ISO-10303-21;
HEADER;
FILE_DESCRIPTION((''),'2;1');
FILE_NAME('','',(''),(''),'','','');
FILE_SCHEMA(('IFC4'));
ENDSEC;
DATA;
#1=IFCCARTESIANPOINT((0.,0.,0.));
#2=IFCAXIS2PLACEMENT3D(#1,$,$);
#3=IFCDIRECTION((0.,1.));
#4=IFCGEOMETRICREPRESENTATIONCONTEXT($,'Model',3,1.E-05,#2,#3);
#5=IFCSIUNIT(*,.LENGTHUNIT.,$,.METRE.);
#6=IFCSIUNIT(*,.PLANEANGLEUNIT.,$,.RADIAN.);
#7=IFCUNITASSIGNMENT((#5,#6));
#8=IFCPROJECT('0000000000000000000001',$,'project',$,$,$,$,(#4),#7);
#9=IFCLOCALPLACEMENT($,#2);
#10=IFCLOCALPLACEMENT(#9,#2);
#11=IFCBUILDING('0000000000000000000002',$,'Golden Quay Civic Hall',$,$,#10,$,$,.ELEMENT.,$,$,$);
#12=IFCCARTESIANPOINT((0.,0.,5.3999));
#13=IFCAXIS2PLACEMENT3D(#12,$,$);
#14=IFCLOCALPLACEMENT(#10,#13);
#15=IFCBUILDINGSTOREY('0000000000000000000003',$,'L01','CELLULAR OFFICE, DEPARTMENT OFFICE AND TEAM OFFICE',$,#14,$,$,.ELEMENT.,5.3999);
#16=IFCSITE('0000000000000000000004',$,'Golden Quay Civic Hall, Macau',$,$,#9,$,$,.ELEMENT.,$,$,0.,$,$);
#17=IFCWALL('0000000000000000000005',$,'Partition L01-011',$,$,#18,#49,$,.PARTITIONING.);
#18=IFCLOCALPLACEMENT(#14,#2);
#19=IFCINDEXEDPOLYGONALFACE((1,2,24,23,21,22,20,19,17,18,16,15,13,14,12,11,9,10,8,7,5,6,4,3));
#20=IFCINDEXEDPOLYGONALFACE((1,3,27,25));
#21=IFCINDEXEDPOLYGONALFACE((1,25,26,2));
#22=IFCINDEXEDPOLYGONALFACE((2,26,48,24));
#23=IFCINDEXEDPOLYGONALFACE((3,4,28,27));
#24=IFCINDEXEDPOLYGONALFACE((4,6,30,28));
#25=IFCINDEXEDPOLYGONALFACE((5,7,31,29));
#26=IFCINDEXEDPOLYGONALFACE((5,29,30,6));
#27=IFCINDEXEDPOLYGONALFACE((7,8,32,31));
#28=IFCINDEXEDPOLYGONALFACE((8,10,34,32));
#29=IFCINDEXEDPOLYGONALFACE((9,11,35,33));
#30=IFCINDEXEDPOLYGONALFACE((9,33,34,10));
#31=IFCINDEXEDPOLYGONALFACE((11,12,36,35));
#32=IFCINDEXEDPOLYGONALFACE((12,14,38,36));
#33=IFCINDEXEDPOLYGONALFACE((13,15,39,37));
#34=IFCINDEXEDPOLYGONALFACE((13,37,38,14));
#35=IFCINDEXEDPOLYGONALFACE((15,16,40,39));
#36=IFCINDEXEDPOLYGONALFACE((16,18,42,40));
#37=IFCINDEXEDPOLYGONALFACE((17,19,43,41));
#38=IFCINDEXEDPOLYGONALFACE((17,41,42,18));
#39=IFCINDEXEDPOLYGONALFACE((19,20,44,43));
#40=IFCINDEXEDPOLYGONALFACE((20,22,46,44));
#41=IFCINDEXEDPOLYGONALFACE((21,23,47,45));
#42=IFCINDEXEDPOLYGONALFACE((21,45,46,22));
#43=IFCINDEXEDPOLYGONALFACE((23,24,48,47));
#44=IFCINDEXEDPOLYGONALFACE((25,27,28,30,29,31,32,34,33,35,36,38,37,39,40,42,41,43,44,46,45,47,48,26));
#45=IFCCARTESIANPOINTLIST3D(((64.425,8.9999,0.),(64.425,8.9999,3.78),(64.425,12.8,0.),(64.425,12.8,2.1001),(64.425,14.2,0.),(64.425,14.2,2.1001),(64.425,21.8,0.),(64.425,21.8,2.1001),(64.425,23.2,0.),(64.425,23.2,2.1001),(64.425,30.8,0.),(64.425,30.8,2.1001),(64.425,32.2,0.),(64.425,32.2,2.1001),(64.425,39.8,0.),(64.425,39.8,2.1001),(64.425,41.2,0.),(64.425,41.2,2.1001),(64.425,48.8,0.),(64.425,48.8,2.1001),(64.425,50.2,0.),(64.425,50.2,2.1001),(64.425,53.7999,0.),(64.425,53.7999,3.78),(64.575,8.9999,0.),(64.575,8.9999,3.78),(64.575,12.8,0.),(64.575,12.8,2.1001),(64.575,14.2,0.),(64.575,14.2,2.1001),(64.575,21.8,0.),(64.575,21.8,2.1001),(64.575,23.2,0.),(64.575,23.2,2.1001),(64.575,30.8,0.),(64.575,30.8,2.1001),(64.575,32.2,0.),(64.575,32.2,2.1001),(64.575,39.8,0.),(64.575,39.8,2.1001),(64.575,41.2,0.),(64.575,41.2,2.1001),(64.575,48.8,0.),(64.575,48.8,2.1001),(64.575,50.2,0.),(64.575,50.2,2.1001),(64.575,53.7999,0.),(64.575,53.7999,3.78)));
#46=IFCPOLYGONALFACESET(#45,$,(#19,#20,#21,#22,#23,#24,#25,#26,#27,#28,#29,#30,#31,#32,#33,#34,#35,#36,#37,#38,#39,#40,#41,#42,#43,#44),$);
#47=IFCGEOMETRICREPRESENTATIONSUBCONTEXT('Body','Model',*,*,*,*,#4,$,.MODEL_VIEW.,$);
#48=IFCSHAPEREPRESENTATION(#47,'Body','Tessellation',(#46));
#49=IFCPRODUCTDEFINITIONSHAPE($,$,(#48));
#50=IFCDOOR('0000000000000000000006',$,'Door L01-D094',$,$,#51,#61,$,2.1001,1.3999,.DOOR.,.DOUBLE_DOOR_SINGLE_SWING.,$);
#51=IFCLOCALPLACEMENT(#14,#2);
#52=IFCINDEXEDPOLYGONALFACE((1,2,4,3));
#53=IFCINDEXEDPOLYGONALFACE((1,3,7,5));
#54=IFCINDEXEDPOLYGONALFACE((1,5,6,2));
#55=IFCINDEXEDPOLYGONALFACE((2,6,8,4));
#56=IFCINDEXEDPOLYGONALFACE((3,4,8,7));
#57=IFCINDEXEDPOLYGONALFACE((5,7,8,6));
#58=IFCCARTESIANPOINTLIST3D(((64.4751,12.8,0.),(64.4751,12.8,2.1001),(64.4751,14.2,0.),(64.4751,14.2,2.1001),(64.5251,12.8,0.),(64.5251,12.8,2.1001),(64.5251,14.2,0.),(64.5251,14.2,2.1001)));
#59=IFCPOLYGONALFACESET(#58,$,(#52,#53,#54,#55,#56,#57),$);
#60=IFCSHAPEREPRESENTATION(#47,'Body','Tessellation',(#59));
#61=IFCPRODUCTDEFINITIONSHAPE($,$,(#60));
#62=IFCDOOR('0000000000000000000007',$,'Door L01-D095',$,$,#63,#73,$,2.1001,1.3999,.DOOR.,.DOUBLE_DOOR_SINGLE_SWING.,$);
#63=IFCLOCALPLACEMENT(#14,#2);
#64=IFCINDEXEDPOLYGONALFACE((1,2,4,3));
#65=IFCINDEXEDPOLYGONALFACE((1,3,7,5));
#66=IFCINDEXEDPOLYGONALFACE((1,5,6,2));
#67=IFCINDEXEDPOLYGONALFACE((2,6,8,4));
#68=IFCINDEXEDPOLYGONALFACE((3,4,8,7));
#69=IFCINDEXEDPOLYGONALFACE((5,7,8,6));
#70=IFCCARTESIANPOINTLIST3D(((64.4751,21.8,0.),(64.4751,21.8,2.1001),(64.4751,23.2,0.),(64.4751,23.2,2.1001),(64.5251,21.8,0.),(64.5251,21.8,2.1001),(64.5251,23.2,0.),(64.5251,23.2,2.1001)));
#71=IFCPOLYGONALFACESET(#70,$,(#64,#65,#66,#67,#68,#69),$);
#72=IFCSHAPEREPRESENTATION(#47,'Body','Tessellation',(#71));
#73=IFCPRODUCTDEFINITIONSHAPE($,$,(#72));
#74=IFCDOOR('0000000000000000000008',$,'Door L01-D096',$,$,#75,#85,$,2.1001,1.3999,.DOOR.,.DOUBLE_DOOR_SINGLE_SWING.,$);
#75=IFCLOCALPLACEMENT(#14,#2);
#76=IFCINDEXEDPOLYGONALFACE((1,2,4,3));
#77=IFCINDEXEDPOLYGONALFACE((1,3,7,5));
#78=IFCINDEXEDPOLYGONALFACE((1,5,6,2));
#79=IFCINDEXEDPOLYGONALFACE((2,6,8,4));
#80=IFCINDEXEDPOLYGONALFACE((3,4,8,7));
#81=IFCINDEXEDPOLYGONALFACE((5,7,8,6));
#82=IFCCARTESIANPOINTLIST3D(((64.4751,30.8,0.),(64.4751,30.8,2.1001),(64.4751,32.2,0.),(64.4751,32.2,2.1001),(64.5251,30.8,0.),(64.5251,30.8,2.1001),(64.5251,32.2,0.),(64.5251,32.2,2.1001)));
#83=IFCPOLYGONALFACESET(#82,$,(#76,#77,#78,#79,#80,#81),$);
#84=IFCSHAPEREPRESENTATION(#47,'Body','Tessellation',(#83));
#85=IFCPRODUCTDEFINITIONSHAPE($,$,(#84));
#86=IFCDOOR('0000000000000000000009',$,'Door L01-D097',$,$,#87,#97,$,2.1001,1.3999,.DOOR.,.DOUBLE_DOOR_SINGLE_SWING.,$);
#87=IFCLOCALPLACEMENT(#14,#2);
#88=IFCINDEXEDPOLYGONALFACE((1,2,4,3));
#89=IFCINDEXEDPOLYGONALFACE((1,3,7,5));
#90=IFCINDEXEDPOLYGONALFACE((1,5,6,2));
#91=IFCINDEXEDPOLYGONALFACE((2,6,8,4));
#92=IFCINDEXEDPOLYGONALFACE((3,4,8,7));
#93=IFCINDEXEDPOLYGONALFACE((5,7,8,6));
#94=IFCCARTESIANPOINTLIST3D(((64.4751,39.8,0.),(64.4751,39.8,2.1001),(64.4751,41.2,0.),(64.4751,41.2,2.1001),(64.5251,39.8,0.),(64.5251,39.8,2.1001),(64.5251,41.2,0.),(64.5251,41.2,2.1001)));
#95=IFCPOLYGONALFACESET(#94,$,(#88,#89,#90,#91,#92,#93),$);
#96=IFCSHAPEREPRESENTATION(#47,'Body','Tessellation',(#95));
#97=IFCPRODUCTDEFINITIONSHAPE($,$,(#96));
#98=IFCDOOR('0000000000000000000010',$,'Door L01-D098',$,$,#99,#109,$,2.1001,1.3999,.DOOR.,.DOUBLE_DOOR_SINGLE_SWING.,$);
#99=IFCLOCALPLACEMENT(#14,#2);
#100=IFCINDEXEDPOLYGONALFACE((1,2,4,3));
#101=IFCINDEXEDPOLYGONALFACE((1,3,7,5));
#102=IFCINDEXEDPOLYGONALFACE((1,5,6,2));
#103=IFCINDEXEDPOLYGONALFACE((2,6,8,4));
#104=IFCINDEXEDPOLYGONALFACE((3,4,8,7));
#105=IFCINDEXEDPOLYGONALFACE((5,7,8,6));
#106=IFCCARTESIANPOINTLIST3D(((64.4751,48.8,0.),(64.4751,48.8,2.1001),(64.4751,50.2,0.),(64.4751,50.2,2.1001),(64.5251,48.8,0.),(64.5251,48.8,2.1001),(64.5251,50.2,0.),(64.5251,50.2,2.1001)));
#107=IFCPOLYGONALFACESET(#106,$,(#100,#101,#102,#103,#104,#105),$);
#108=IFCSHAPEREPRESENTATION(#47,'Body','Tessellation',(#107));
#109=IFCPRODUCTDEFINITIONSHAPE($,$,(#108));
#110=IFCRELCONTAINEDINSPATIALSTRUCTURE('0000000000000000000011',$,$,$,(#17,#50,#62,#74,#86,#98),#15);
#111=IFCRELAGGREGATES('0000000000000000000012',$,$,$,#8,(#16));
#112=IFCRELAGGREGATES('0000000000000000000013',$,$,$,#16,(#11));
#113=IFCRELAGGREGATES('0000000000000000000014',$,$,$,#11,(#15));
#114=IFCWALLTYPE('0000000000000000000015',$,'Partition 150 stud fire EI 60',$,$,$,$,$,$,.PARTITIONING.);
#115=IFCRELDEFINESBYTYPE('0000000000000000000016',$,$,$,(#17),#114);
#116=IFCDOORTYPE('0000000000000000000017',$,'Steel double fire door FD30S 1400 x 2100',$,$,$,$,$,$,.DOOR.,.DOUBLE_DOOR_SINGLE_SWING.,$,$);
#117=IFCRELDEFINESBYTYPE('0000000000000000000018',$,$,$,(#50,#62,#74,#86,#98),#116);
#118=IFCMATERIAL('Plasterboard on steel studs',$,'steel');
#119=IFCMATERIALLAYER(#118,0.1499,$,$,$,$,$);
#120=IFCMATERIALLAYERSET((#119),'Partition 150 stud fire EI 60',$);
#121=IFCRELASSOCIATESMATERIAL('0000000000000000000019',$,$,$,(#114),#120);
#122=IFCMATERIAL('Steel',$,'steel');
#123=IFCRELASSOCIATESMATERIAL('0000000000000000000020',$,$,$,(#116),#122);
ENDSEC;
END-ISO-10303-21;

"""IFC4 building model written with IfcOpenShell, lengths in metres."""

from ifc_helpers import new_model, si_unit, direction, frame, frame_2d, origin, place, context, subcontext, project, spatial, rectangle, extrude, material, layer, layer_set, type_object, element, fill, save


model = new_model("IFC4")

# Units and contexts
model_context = context("Model", 3, precision=1e-05, world=origin(), true_north=direction((0.0, 1.0)))
body_context = subcontext(model_context, "Body", "Model", "MODEL_VIEW")
ifc_project = project(units=[si_unit("LENGTHUNIT", "METRE"), si_unit("PLANEANGLEUNIT", "RADIAN")], contexts=[model_context])

# Site, building, storey
site_placement = place(None, origin())
site = spatial("IfcSite", under=ifc_project, at=site_placement, Name="Golden Quay Civic Hall, Macau", CompositionType="ELEMENT", RefElevation=0.0)
building_placement = place(site_placement, origin())
building = spatial("IfcBuilding", under=site, at=building_placement, Name="Golden Quay Civic Hall", CompositionType="ELEMENT")
storey_placement = place(building_placement, frame((0.0, 0.0, 5.3999)))
storey = spatial("IfcBuildingStorey", under=building, at=storey_placement, Name="L01", Description="CELLULAR OFFICE, DEPARTMENT OFFICE AND TEAM OFFICE", CompositionType="ELEMENT", Elevation=5.3999)

# Shared definitions
ifc_material_1 = material(Name="Plasterboard on steel studs", Category="steel")
ifc_layer_1 = layer(ifc_material_1, 0.1499)
ifc_layer_set_1 = layer_set([ifc_layer_1], Name="Partition 150 stud fire EI 60")
wall_type_1 = type_object("IfcWallType", Name="Partition 150 stud fire EI 60", PredefinedType="PARTITIONING", material=ifc_layer_set_1)

# Wall, openings, doors
wall_1_placement = place(storey_placement, frame((64.5, 9.0, 0.0), z_axis=(0.0, 0.0, 1.0), x_axis=(0.0, 1.0, 0.0)))
wall_1 = element("IfcWall", 1, at=wall_1_placement, inside=storey, type_object=wall_type_1, Name="Partition L01-011", PredefinedType="PARTITIONING", context=body_context, shape_type="SweptSolid", body=[
    extrude(rectangle(XDim=44.8, YDim=0.1499, at=frame_2d((22.3999, 0.0))), origin(), (0.0, 0.0, 1.0), 3.78),
])
opening_1_placement = place(wall_1_placement, frame((3.8, 0.0, 0.0)))
opening_1 = element("IfcOpeningElement", 2, at=opening_1_placement, cuts=wall_1, PredefinedType="OPENING", context=body_context, shape_type="SweptSolid", body=[
    extrude(rectangle(XDim=1.3999, YDim=2.1001, at=frame_2d((0.7, 1.05))), frame((0.0, 0.085, 0.0), z_axis=(0.0, -1.0, 0.0), x_axis=(1.0, 0.0, 0.0)), (0.0, 0.0, 1.0), 0.1699),
])
opening_2_placement = place(wall_1_placement, frame((12.8, 0.0, 0.0)))
opening_2 = element("IfcOpeningElement", 3, at=opening_2_placement, cuts=wall_1, PredefinedType="OPENING", context=body_context, shape_type="SweptSolid", body=[
    extrude(rectangle(XDim=1.3999, YDim=2.1001, at=frame_2d((0.7, 1.05))), frame((0.0, 0.085, 0.0), z_axis=(0.0, -1.0, 0.0), x_axis=(1.0, 0.0, 0.0)), (0.0, 0.0, 1.0), 0.1699),
])
opening_3_placement = place(wall_1_placement, frame((21.8, 0.0, 0.0)))
opening_3 = element("IfcOpeningElement", 4, at=opening_3_placement, cuts=wall_1, PredefinedType="OPENING", context=body_context, shape_type="SweptSolid", body=[
    extrude(rectangle(XDim=1.3999, YDim=2.1001, at=frame_2d((0.7, 1.05))), frame((0.0, 0.085, 0.0), z_axis=(0.0, -1.0, 0.0), x_axis=(1.0, 0.0, 0.0)), (0.0, 0.0, 1.0), 0.1699),
])
opening_4_placement = place(wall_1_placement, frame((30.8, 0.0, 0.0)))
opening_4 = element("IfcOpeningElement", 5, at=opening_4_placement, cuts=wall_1, PredefinedType="OPENING", context=body_context, shape_type="SweptSolid", body=[
    extrude(rectangle(XDim=1.3999, YDim=2.1001, at=frame_2d((0.7, 1.05))), frame((0.0, 0.085, 0.0), z_axis=(0.0, -1.0, 0.0), x_axis=(1.0, 0.0, 0.0)), (0.0, 0.0, 1.0), 0.1699),
])
opening_5_placement = place(wall_1_placement, frame((39.8, 0.0, 0.0)))
opening_5 = element("IfcOpeningElement", 6, at=opening_5_placement, cuts=wall_1, PredefinedType="OPENING", context=body_context, shape_type="SweptSolid", body=[
    extrude(rectangle(XDim=1.3999, YDim=2.1001, at=frame_2d((0.7, 1.05))), frame((0.0, 0.085, 0.0), z_axis=(0.0, -1.0, 0.0), x_axis=(1.0, 0.0, 0.0)), (0.0, 0.0, 1.0), 0.1699),
])
ifc_material_2 = material(Name="Steel", Category="steel")
door_type = type_object("IfcDoorType", Name="Steel double fire door FD30S 1400 x 2100", OperationType="DOUBLE_DOOR_SINGLE_SWING", PredefinedType="DOOR", material=ifc_material_2)
door_1_placement = place(opening_1_placement, frame((1.3999, 0.0, 0.0), z_axis=(0.0, 0.0, 1.0), x_axis=(-1.0, 0.0, 0.0)))
door_1 = element("IfcDoor", 7, at=door_1_placement, inside=storey, type_object=door_type, Name="Door L01-D094", OperationType="DOUBLE_DOOR_SINGLE_SWING", OverallHeight=2.1001, OverallWidth=1.3999, PredefinedType="DOOR", context=body_context, shape_type="SweptSolid", body=[
    extrude(rectangle(XDim=1.3999, YDim=2.1001, at=frame_2d((0.7, 1.05))), frame((0.0, 0.0251, 0.0), z_axis=(0.0, -1.0, 0.0), x_axis=(1.0, 0.0, 0.0)), (0.0, 0.0, 1.0), 0.05),
])
fill(opening_1, door_1)
door_2_placement = place(opening_2_placement, frame((1.3999, 0.0, 0.0), z_axis=(0.0, 0.0, 1.0), x_axis=(-1.0, 0.0, 0.0)))
door_2 = element("IfcDoor", 8, at=door_2_placement, inside=storey, type_object=door_type, Name="Door L01-D095", OperationType="DOUBLE_DOOR_SINGLE_SWING", OverallHeight=2.1001, OverallWidth=1.3999, PredefinedType="DOOR", context=body_context, shape_type="SweptSolid", body=[
    extrude(rectangle(XDim=1.3999, YDim=2.1001, at=frame_2d((0.7, 1.05))), frame((0.0, 0.0251, 0.0), z_axis=(0.0, -1.0, 0.0), x_axis=(1.0, 0.0, 0.0)), (0.0, 0.0, 1.0), 0.05),
])
fill(opening_2, door_2)
door_3_placement = place(opening_3_placement, frame((1.3999, 0.0, 0.0), z_axis=(0.0, 0.0, 1.0), x_axis=(-1.0, 0.0, 0.0)))
door_3 = element("IfcDoor", 9, at=door_3_placement, inside=storey, type_object=door_type, Name="Door L01-D096", OperationType="DOUBLE_DOOR_SINGLE_SWING", OverallHeight=2.1001, OverallWidth=1.3999, PredefinedType="DOOR", context=body_context, shape_type="SweptSolid", body=[
    extrude(rectangle(XDim=1.3999, YDim=2.1001, at=frame_2d((0.7, 1.05))), frame((0.0, 0.0251, 0.0), z_axis=(0.0, -1.0, 0.0), x_axis=(1.0, 0.0, 0.0)), (0.0, 0.0, 1.0), 0.05),
])
fill(opening_3, door_3)
door_4_placement = place(opening_4_placement, frame((1.3999, 0.0, 0.0), z_axis=(0.0, 0.0, 1.0), x_axis=(-1.0, 0.0, 0.0)))
door_4 = element("IfcDoor", 10, at=door_4_placement, inside=storey, type_object=door_type, Name="Door L01-D097", OperationType="DOUBLE_DOOR_SINGLE_SWING", OverallHeight=2.1001, OverallWidth=1.3999, PredefinedType="DOOR", context=body_context, shape_type="SweptSolid", body=[
    extrude(rectangle(XDim=1.3999, YDim=2.1001, at=frame_2d((0.7, 1.05))), frame((0.0, 0.0251, 0.0), z_axis=(0.0, -1.0, 0.0), x_axis=(1.0, 0.0, 0.0)), (0.0, 0.0, 1.0), 0.05),
])
fill(opening_4, door_4)
door_5_placement = place(opening_5_placement, frame((1.3999, 0.0, 0.0), z_axis=(0.0, 0.0, 1.0), x_axis=(-1.0, 0.0, 0.0)))
door_5 = element("IfcDoor", 11, at=door_5_placement, inside=storey, type_object=door_type, Name="Door L01-D098", OperationType="DOUBLE_DOOR_SINGLE_SWING", OverallHeight=2.1001, OverallWidth=1.3999, PredefinedType="DOOR", context=body_context, shape_type="SweptSolid", body=[
    extrude(rectangle(XDim=1.3999, YDim=2.1001, at=frame_2d((0.7, 1.05))), frame((0.0, 0.0251, 0.0), z_axis=(0.0, -1.0, 0.0), x_axis=(1.0, 0.0, 0.0)), (0.0, 0.0, 1.0), 0.05),
])
fill(opening_5, door_5)

save(model, "model.ifc")
